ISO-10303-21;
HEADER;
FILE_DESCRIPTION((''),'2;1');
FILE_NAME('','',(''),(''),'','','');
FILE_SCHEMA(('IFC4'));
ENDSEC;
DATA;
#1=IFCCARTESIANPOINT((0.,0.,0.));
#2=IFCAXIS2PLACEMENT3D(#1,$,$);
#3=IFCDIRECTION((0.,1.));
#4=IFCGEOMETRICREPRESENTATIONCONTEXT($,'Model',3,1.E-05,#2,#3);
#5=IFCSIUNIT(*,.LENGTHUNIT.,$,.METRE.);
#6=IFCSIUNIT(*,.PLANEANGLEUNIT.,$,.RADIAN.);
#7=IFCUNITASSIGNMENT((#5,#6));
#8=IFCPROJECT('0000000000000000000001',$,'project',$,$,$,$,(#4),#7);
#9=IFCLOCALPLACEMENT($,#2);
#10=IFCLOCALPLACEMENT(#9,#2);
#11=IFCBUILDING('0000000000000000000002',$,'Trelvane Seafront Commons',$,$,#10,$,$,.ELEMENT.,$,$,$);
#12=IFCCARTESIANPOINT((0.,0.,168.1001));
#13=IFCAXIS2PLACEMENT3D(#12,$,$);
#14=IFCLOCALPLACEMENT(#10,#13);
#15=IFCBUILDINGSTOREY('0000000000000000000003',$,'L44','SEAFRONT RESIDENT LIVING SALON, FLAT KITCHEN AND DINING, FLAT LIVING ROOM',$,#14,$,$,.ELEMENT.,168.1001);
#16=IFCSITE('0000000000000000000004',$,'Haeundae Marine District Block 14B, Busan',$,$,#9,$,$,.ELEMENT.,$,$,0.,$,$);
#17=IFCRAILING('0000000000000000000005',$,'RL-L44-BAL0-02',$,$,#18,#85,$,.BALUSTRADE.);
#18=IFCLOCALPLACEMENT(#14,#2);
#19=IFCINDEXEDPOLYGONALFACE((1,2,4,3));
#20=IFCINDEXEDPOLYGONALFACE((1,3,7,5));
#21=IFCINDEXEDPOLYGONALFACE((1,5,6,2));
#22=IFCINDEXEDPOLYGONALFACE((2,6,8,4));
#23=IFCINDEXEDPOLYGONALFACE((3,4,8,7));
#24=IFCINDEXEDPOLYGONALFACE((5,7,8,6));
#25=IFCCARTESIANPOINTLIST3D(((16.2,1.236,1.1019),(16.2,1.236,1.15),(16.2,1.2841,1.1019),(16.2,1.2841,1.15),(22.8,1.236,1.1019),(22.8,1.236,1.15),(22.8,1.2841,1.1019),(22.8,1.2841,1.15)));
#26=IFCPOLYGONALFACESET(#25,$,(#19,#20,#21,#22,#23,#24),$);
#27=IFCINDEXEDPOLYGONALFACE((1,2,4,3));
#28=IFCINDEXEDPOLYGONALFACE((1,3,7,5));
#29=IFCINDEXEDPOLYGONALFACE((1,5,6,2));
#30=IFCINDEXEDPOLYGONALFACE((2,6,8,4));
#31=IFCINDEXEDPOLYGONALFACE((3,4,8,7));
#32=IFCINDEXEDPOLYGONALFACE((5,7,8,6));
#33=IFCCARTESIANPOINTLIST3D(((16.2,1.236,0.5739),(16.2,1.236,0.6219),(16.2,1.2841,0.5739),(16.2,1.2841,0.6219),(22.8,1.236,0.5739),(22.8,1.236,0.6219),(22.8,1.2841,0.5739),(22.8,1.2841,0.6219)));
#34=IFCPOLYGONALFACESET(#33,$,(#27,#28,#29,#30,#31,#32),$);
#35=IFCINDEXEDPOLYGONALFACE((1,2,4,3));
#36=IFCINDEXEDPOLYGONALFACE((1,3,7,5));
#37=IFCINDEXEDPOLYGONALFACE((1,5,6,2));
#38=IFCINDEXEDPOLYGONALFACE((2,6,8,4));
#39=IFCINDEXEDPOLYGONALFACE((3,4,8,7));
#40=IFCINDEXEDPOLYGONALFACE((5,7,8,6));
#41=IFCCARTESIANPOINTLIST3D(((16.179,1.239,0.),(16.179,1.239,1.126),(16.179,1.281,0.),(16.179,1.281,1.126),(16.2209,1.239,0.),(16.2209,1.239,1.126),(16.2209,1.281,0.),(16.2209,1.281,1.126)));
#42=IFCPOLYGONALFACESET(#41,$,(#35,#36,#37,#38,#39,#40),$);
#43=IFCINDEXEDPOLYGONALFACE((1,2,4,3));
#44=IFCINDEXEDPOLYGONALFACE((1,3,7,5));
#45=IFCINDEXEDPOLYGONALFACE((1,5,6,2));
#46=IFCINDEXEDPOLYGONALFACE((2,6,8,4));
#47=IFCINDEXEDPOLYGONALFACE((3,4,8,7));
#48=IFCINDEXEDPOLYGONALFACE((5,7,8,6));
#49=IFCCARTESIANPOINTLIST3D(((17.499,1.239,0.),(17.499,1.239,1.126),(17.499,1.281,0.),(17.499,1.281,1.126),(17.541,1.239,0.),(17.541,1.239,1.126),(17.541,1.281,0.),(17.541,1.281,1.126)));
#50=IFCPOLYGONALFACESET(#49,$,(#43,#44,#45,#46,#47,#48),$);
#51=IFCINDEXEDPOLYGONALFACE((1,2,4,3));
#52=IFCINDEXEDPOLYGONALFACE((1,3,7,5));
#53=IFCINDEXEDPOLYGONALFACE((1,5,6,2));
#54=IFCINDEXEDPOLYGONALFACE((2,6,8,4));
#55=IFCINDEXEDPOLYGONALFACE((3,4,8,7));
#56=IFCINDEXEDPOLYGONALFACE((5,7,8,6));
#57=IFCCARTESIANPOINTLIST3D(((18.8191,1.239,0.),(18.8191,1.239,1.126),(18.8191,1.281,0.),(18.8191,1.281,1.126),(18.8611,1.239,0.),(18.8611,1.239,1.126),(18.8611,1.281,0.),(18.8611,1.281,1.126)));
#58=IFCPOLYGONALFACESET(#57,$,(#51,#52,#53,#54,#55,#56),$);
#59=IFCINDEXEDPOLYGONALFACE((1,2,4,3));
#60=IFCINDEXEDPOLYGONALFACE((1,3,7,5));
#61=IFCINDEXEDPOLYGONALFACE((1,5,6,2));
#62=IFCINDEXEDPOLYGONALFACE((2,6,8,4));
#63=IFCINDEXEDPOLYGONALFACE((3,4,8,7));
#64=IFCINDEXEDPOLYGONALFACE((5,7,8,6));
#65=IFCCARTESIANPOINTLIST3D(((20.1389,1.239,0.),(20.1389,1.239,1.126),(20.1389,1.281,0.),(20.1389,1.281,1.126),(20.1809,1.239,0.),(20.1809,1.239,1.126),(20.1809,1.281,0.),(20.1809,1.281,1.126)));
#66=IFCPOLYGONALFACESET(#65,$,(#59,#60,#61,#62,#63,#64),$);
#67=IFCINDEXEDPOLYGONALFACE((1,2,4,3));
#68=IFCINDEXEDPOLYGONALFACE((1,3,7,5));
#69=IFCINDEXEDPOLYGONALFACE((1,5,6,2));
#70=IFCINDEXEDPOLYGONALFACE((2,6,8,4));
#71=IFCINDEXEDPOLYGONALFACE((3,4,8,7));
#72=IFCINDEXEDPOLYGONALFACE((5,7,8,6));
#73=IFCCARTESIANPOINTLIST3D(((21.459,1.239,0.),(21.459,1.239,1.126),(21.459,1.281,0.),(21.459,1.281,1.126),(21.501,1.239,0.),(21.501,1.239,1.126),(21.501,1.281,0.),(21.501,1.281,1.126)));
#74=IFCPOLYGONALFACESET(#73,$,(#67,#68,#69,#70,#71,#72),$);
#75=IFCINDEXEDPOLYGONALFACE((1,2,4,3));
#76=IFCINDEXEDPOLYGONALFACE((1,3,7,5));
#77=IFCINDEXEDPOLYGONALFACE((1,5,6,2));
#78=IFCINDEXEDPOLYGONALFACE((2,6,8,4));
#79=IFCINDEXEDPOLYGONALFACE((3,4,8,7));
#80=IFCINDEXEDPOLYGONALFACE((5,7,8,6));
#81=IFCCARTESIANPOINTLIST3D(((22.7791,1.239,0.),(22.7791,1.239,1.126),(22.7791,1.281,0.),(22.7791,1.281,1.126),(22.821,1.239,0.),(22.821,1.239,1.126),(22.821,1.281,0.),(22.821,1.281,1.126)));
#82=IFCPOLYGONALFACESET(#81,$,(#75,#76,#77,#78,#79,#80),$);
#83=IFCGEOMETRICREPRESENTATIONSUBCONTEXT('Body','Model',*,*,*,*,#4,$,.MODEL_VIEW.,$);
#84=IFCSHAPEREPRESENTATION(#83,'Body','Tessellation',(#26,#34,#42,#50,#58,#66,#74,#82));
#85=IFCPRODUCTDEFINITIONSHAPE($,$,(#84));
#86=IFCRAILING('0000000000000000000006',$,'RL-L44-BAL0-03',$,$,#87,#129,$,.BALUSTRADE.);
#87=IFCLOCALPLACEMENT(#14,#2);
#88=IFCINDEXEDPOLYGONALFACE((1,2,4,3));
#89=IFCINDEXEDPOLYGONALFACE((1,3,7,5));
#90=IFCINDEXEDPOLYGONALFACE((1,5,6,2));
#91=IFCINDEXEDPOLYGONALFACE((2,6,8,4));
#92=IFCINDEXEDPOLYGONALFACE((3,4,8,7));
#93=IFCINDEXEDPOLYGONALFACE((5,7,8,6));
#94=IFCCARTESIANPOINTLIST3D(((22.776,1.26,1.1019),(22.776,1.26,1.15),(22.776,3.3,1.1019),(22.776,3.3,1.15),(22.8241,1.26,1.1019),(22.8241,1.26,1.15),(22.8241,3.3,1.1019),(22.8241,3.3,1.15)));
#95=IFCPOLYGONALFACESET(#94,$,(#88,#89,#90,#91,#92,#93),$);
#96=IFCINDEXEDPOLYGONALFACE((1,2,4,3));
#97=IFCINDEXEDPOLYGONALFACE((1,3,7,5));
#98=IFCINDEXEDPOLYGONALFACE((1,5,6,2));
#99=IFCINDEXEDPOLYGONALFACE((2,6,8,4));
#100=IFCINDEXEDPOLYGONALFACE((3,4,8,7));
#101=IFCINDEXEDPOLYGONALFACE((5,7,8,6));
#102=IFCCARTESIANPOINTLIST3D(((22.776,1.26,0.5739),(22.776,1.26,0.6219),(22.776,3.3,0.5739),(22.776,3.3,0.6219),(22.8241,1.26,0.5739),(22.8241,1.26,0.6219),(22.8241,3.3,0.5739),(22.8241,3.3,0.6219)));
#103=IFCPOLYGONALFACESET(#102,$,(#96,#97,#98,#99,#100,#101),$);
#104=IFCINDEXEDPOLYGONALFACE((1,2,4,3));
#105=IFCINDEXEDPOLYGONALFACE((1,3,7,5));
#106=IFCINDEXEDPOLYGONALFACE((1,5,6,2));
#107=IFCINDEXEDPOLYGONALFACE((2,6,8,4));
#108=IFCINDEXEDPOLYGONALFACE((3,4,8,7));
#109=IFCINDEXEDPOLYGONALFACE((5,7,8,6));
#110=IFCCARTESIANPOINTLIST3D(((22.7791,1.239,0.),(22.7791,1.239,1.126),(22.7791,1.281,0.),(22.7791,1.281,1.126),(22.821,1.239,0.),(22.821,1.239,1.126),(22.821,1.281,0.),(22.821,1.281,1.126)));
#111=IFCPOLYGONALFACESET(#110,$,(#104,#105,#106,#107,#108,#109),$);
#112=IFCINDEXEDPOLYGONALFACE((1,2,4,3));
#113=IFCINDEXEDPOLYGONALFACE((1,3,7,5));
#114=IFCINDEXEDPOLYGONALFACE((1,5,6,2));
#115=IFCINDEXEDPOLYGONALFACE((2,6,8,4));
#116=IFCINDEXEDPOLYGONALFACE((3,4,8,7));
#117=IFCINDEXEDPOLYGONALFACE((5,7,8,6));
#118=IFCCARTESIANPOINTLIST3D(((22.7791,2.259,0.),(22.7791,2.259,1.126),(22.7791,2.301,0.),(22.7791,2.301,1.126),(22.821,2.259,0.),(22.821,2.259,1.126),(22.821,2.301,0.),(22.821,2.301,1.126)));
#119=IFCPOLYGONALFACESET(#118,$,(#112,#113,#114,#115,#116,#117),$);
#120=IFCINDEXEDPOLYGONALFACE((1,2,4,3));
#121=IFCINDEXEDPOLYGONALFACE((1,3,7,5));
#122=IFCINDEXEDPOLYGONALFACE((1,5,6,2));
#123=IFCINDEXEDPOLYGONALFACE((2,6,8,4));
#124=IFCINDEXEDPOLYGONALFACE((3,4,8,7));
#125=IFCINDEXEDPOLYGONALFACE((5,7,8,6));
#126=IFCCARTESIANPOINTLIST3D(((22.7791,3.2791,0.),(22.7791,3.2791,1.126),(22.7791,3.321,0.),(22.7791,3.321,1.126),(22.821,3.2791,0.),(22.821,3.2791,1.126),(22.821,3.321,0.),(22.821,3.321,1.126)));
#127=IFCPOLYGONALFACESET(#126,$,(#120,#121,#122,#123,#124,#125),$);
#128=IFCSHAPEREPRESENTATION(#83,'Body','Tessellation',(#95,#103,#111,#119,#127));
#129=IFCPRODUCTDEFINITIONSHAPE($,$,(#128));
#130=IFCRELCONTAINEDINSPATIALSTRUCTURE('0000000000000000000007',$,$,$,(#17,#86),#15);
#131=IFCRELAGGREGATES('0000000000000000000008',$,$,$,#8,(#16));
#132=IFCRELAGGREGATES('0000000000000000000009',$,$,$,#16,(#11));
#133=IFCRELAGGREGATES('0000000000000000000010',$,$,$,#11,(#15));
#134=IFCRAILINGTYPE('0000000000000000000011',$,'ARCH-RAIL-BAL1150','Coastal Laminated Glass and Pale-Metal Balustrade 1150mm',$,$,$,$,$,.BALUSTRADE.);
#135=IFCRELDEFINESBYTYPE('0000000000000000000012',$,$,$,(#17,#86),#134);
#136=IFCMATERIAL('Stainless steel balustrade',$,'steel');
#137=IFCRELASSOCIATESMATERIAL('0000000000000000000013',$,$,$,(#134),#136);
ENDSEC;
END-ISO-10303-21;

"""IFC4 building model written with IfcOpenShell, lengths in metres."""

from ifc_helpers import new_model, si_unit, direction, frame, origin, origin_2d, place, context, subcontext, project, spatial, rectangle, extrude, material, type_object, element, save


model = new_model("IFC4")

# Units and contexts
model_context = context("Model", 3, precision=1e-05, world=origin(), true_north=direction((0.0, 1.0)))
body_context = subcontext(model_context, "Body", "Model", "MODEL_VIEW")
ifc_project = project(units=[si_unit("LENGTHUNIT", "METRE"), si_unit("PLANEANGLEUNIT", "RADIAN")], contexts=[model_context])

# Site, building, storey
site_placement = place(None, origin())
site = spatial("IfcSite", under=ifc_project, at=site_placement, Name="Haeundae Marine District Block 14B, Busan", CompositionType="ELEMENT", RefElevation=0.0)
building_placement = place(site_placement, origin())
building = spatial("IfcBuilding", under=site, at=building_placement, Name="Trelvane Seafront Commons", CompositionType="ELEMENT")
storey_placement = place(building_placement, frame((0.0, 0.0, 168.1001)))
storey = spatial("IfcBuildingStorey", under=building, at=storey_placement, Name="L44", Description="SEAFRONT RESIDENT LIVING SALON, FLAT KITCHEN AND DINING, FLAT LIVING ROOM", CompositionType="ELEMENT", Elevation=168.1001)

# Railings
ifc_material_1 = material(Name="Stainless steel balustrade", Category="steel")
railing_type = type_object("IfcRailingType", Name="ARCH-RAIL-BAL1150", Description="Coastal Laminated Glass and Pale-Metal Balustrade 1150mm", PredefinedType="BALUSTRADE", material=ifc_material_1)
railing_1_placement = place(storey_placement, frame((16.2, 1.26, 0.0)))
element("IfcRailing", 1, at=railing_1_placement, inside=storey, type_object=railing_type, Name="RL-L44-BAL0-02", PredefinedType="BALUSTRADE", context=body_context, shape_type="SweptSolid", body=[
    extrude(rectangle(XDim=0.0481, YDim=0.0481, at=origin_2d()), frame((0.0, 0.0, 1.126), z_axis=(1.0, 0.0, 0.0), x_axis=(0.0, 1.0, 0.0)), (0.0, 0.0, 1.0), 6.6001),
    extrude(rectangle(XDim=0.0481, YDim=0.0481, at=origin_2d()), frame((0.0, 0.0, 0.5979), z_axis=(1.0, 0.0, 0.0), x_axis=(0.0, 1.0, 0.0)), (0.0, 0.0, 1.0), 6.6001),
    extrude(rectangle(XDim=0.042, YDim=0.042, at=origin_2d()), origin(), (0.0, 0.0, 1.0), 1.126),
    extrude(rectangle(XDim=0.042, YDim=0.042, at=origin_2d()), frame((1.3201, 0.0, 0.0)), (0.0, 0.0, 1.0), 1.126),
    extrude(rectangle(XDim=0.042, YDim=0.042, at=origin_2d()), frame((2.6401, 0.0, 0.0)), (0.0, 0.0, 1.0), 1.126),
    extrude(rectangle(XDim=0.042, YDim=0.042, at=origin_2d()), frame((3.96, 0.0, 0.0)), (0.0, 0.0, 1.0), 1.126),
    extrude(rectangle(XDim=0.042, YDim=0.042, at=origin_2d()), frame((5.28, 0.0, 0.0)), (0.0, 0.0, 1.0), 1.126),
    extrude(rectangle(XDim=0.042, YDim=0.042, at=origin_2d()), frame((6.6001, 0.0, 0.0)), (0.0, 0.0, 1.0), 1.126),
])
railing_2_placement = place(storey_placement, frame((22.8, 1.26, 0.0)))
element("IfcRailing", 2, at=railing_2_placement, inside=storey, type_object=railing_type, Name="RL-L44-BAL0-03", PredefinedType="BALUSTRADE", context=body_context, shape_type="SweptSolid", body=[
    extrude(rectangle(XDim=0.0481, YDim=0.0481, at=origin_2d()), frame((0.0, 0.0, 1.126), z_axis=(0.0, 1.0, 0.0), x_axis=(-1.0, 0.0, 0.0)), (0.0, 0.0, 1.0), 2.04),
    extrude(rectangle(XDim=0.0481, YDim=0.0481, at=origin_2d()), frame((0.0, 0.0, 0.5979), z_axis=(0.0, 1.0, 0.0), x_axis=(-1.0, 0.0, 0.0)), (0.0, 0.0, 1.0), 2.04),
    extrude(rectangle(XDim=0.042, YDim=0.042, at=origin_2d()), origin(), (0.0, 0.0, 1.0), 1.126),
    extrude(rectangle(XDim=0.042, YDim=0.042, at=origin_2d()), frame((0.0, 1.02, 0.0)), (0.0, 0.0, 1.0), 1.126),
    extrude(rectangle(XDim=0.042, YDim=0.042, at=origin_2d()), frame((0.0, 2.04, 0.0)), (0.0, 0.0, 1.0), 1.126),
])

save(model, "model.ifc")
